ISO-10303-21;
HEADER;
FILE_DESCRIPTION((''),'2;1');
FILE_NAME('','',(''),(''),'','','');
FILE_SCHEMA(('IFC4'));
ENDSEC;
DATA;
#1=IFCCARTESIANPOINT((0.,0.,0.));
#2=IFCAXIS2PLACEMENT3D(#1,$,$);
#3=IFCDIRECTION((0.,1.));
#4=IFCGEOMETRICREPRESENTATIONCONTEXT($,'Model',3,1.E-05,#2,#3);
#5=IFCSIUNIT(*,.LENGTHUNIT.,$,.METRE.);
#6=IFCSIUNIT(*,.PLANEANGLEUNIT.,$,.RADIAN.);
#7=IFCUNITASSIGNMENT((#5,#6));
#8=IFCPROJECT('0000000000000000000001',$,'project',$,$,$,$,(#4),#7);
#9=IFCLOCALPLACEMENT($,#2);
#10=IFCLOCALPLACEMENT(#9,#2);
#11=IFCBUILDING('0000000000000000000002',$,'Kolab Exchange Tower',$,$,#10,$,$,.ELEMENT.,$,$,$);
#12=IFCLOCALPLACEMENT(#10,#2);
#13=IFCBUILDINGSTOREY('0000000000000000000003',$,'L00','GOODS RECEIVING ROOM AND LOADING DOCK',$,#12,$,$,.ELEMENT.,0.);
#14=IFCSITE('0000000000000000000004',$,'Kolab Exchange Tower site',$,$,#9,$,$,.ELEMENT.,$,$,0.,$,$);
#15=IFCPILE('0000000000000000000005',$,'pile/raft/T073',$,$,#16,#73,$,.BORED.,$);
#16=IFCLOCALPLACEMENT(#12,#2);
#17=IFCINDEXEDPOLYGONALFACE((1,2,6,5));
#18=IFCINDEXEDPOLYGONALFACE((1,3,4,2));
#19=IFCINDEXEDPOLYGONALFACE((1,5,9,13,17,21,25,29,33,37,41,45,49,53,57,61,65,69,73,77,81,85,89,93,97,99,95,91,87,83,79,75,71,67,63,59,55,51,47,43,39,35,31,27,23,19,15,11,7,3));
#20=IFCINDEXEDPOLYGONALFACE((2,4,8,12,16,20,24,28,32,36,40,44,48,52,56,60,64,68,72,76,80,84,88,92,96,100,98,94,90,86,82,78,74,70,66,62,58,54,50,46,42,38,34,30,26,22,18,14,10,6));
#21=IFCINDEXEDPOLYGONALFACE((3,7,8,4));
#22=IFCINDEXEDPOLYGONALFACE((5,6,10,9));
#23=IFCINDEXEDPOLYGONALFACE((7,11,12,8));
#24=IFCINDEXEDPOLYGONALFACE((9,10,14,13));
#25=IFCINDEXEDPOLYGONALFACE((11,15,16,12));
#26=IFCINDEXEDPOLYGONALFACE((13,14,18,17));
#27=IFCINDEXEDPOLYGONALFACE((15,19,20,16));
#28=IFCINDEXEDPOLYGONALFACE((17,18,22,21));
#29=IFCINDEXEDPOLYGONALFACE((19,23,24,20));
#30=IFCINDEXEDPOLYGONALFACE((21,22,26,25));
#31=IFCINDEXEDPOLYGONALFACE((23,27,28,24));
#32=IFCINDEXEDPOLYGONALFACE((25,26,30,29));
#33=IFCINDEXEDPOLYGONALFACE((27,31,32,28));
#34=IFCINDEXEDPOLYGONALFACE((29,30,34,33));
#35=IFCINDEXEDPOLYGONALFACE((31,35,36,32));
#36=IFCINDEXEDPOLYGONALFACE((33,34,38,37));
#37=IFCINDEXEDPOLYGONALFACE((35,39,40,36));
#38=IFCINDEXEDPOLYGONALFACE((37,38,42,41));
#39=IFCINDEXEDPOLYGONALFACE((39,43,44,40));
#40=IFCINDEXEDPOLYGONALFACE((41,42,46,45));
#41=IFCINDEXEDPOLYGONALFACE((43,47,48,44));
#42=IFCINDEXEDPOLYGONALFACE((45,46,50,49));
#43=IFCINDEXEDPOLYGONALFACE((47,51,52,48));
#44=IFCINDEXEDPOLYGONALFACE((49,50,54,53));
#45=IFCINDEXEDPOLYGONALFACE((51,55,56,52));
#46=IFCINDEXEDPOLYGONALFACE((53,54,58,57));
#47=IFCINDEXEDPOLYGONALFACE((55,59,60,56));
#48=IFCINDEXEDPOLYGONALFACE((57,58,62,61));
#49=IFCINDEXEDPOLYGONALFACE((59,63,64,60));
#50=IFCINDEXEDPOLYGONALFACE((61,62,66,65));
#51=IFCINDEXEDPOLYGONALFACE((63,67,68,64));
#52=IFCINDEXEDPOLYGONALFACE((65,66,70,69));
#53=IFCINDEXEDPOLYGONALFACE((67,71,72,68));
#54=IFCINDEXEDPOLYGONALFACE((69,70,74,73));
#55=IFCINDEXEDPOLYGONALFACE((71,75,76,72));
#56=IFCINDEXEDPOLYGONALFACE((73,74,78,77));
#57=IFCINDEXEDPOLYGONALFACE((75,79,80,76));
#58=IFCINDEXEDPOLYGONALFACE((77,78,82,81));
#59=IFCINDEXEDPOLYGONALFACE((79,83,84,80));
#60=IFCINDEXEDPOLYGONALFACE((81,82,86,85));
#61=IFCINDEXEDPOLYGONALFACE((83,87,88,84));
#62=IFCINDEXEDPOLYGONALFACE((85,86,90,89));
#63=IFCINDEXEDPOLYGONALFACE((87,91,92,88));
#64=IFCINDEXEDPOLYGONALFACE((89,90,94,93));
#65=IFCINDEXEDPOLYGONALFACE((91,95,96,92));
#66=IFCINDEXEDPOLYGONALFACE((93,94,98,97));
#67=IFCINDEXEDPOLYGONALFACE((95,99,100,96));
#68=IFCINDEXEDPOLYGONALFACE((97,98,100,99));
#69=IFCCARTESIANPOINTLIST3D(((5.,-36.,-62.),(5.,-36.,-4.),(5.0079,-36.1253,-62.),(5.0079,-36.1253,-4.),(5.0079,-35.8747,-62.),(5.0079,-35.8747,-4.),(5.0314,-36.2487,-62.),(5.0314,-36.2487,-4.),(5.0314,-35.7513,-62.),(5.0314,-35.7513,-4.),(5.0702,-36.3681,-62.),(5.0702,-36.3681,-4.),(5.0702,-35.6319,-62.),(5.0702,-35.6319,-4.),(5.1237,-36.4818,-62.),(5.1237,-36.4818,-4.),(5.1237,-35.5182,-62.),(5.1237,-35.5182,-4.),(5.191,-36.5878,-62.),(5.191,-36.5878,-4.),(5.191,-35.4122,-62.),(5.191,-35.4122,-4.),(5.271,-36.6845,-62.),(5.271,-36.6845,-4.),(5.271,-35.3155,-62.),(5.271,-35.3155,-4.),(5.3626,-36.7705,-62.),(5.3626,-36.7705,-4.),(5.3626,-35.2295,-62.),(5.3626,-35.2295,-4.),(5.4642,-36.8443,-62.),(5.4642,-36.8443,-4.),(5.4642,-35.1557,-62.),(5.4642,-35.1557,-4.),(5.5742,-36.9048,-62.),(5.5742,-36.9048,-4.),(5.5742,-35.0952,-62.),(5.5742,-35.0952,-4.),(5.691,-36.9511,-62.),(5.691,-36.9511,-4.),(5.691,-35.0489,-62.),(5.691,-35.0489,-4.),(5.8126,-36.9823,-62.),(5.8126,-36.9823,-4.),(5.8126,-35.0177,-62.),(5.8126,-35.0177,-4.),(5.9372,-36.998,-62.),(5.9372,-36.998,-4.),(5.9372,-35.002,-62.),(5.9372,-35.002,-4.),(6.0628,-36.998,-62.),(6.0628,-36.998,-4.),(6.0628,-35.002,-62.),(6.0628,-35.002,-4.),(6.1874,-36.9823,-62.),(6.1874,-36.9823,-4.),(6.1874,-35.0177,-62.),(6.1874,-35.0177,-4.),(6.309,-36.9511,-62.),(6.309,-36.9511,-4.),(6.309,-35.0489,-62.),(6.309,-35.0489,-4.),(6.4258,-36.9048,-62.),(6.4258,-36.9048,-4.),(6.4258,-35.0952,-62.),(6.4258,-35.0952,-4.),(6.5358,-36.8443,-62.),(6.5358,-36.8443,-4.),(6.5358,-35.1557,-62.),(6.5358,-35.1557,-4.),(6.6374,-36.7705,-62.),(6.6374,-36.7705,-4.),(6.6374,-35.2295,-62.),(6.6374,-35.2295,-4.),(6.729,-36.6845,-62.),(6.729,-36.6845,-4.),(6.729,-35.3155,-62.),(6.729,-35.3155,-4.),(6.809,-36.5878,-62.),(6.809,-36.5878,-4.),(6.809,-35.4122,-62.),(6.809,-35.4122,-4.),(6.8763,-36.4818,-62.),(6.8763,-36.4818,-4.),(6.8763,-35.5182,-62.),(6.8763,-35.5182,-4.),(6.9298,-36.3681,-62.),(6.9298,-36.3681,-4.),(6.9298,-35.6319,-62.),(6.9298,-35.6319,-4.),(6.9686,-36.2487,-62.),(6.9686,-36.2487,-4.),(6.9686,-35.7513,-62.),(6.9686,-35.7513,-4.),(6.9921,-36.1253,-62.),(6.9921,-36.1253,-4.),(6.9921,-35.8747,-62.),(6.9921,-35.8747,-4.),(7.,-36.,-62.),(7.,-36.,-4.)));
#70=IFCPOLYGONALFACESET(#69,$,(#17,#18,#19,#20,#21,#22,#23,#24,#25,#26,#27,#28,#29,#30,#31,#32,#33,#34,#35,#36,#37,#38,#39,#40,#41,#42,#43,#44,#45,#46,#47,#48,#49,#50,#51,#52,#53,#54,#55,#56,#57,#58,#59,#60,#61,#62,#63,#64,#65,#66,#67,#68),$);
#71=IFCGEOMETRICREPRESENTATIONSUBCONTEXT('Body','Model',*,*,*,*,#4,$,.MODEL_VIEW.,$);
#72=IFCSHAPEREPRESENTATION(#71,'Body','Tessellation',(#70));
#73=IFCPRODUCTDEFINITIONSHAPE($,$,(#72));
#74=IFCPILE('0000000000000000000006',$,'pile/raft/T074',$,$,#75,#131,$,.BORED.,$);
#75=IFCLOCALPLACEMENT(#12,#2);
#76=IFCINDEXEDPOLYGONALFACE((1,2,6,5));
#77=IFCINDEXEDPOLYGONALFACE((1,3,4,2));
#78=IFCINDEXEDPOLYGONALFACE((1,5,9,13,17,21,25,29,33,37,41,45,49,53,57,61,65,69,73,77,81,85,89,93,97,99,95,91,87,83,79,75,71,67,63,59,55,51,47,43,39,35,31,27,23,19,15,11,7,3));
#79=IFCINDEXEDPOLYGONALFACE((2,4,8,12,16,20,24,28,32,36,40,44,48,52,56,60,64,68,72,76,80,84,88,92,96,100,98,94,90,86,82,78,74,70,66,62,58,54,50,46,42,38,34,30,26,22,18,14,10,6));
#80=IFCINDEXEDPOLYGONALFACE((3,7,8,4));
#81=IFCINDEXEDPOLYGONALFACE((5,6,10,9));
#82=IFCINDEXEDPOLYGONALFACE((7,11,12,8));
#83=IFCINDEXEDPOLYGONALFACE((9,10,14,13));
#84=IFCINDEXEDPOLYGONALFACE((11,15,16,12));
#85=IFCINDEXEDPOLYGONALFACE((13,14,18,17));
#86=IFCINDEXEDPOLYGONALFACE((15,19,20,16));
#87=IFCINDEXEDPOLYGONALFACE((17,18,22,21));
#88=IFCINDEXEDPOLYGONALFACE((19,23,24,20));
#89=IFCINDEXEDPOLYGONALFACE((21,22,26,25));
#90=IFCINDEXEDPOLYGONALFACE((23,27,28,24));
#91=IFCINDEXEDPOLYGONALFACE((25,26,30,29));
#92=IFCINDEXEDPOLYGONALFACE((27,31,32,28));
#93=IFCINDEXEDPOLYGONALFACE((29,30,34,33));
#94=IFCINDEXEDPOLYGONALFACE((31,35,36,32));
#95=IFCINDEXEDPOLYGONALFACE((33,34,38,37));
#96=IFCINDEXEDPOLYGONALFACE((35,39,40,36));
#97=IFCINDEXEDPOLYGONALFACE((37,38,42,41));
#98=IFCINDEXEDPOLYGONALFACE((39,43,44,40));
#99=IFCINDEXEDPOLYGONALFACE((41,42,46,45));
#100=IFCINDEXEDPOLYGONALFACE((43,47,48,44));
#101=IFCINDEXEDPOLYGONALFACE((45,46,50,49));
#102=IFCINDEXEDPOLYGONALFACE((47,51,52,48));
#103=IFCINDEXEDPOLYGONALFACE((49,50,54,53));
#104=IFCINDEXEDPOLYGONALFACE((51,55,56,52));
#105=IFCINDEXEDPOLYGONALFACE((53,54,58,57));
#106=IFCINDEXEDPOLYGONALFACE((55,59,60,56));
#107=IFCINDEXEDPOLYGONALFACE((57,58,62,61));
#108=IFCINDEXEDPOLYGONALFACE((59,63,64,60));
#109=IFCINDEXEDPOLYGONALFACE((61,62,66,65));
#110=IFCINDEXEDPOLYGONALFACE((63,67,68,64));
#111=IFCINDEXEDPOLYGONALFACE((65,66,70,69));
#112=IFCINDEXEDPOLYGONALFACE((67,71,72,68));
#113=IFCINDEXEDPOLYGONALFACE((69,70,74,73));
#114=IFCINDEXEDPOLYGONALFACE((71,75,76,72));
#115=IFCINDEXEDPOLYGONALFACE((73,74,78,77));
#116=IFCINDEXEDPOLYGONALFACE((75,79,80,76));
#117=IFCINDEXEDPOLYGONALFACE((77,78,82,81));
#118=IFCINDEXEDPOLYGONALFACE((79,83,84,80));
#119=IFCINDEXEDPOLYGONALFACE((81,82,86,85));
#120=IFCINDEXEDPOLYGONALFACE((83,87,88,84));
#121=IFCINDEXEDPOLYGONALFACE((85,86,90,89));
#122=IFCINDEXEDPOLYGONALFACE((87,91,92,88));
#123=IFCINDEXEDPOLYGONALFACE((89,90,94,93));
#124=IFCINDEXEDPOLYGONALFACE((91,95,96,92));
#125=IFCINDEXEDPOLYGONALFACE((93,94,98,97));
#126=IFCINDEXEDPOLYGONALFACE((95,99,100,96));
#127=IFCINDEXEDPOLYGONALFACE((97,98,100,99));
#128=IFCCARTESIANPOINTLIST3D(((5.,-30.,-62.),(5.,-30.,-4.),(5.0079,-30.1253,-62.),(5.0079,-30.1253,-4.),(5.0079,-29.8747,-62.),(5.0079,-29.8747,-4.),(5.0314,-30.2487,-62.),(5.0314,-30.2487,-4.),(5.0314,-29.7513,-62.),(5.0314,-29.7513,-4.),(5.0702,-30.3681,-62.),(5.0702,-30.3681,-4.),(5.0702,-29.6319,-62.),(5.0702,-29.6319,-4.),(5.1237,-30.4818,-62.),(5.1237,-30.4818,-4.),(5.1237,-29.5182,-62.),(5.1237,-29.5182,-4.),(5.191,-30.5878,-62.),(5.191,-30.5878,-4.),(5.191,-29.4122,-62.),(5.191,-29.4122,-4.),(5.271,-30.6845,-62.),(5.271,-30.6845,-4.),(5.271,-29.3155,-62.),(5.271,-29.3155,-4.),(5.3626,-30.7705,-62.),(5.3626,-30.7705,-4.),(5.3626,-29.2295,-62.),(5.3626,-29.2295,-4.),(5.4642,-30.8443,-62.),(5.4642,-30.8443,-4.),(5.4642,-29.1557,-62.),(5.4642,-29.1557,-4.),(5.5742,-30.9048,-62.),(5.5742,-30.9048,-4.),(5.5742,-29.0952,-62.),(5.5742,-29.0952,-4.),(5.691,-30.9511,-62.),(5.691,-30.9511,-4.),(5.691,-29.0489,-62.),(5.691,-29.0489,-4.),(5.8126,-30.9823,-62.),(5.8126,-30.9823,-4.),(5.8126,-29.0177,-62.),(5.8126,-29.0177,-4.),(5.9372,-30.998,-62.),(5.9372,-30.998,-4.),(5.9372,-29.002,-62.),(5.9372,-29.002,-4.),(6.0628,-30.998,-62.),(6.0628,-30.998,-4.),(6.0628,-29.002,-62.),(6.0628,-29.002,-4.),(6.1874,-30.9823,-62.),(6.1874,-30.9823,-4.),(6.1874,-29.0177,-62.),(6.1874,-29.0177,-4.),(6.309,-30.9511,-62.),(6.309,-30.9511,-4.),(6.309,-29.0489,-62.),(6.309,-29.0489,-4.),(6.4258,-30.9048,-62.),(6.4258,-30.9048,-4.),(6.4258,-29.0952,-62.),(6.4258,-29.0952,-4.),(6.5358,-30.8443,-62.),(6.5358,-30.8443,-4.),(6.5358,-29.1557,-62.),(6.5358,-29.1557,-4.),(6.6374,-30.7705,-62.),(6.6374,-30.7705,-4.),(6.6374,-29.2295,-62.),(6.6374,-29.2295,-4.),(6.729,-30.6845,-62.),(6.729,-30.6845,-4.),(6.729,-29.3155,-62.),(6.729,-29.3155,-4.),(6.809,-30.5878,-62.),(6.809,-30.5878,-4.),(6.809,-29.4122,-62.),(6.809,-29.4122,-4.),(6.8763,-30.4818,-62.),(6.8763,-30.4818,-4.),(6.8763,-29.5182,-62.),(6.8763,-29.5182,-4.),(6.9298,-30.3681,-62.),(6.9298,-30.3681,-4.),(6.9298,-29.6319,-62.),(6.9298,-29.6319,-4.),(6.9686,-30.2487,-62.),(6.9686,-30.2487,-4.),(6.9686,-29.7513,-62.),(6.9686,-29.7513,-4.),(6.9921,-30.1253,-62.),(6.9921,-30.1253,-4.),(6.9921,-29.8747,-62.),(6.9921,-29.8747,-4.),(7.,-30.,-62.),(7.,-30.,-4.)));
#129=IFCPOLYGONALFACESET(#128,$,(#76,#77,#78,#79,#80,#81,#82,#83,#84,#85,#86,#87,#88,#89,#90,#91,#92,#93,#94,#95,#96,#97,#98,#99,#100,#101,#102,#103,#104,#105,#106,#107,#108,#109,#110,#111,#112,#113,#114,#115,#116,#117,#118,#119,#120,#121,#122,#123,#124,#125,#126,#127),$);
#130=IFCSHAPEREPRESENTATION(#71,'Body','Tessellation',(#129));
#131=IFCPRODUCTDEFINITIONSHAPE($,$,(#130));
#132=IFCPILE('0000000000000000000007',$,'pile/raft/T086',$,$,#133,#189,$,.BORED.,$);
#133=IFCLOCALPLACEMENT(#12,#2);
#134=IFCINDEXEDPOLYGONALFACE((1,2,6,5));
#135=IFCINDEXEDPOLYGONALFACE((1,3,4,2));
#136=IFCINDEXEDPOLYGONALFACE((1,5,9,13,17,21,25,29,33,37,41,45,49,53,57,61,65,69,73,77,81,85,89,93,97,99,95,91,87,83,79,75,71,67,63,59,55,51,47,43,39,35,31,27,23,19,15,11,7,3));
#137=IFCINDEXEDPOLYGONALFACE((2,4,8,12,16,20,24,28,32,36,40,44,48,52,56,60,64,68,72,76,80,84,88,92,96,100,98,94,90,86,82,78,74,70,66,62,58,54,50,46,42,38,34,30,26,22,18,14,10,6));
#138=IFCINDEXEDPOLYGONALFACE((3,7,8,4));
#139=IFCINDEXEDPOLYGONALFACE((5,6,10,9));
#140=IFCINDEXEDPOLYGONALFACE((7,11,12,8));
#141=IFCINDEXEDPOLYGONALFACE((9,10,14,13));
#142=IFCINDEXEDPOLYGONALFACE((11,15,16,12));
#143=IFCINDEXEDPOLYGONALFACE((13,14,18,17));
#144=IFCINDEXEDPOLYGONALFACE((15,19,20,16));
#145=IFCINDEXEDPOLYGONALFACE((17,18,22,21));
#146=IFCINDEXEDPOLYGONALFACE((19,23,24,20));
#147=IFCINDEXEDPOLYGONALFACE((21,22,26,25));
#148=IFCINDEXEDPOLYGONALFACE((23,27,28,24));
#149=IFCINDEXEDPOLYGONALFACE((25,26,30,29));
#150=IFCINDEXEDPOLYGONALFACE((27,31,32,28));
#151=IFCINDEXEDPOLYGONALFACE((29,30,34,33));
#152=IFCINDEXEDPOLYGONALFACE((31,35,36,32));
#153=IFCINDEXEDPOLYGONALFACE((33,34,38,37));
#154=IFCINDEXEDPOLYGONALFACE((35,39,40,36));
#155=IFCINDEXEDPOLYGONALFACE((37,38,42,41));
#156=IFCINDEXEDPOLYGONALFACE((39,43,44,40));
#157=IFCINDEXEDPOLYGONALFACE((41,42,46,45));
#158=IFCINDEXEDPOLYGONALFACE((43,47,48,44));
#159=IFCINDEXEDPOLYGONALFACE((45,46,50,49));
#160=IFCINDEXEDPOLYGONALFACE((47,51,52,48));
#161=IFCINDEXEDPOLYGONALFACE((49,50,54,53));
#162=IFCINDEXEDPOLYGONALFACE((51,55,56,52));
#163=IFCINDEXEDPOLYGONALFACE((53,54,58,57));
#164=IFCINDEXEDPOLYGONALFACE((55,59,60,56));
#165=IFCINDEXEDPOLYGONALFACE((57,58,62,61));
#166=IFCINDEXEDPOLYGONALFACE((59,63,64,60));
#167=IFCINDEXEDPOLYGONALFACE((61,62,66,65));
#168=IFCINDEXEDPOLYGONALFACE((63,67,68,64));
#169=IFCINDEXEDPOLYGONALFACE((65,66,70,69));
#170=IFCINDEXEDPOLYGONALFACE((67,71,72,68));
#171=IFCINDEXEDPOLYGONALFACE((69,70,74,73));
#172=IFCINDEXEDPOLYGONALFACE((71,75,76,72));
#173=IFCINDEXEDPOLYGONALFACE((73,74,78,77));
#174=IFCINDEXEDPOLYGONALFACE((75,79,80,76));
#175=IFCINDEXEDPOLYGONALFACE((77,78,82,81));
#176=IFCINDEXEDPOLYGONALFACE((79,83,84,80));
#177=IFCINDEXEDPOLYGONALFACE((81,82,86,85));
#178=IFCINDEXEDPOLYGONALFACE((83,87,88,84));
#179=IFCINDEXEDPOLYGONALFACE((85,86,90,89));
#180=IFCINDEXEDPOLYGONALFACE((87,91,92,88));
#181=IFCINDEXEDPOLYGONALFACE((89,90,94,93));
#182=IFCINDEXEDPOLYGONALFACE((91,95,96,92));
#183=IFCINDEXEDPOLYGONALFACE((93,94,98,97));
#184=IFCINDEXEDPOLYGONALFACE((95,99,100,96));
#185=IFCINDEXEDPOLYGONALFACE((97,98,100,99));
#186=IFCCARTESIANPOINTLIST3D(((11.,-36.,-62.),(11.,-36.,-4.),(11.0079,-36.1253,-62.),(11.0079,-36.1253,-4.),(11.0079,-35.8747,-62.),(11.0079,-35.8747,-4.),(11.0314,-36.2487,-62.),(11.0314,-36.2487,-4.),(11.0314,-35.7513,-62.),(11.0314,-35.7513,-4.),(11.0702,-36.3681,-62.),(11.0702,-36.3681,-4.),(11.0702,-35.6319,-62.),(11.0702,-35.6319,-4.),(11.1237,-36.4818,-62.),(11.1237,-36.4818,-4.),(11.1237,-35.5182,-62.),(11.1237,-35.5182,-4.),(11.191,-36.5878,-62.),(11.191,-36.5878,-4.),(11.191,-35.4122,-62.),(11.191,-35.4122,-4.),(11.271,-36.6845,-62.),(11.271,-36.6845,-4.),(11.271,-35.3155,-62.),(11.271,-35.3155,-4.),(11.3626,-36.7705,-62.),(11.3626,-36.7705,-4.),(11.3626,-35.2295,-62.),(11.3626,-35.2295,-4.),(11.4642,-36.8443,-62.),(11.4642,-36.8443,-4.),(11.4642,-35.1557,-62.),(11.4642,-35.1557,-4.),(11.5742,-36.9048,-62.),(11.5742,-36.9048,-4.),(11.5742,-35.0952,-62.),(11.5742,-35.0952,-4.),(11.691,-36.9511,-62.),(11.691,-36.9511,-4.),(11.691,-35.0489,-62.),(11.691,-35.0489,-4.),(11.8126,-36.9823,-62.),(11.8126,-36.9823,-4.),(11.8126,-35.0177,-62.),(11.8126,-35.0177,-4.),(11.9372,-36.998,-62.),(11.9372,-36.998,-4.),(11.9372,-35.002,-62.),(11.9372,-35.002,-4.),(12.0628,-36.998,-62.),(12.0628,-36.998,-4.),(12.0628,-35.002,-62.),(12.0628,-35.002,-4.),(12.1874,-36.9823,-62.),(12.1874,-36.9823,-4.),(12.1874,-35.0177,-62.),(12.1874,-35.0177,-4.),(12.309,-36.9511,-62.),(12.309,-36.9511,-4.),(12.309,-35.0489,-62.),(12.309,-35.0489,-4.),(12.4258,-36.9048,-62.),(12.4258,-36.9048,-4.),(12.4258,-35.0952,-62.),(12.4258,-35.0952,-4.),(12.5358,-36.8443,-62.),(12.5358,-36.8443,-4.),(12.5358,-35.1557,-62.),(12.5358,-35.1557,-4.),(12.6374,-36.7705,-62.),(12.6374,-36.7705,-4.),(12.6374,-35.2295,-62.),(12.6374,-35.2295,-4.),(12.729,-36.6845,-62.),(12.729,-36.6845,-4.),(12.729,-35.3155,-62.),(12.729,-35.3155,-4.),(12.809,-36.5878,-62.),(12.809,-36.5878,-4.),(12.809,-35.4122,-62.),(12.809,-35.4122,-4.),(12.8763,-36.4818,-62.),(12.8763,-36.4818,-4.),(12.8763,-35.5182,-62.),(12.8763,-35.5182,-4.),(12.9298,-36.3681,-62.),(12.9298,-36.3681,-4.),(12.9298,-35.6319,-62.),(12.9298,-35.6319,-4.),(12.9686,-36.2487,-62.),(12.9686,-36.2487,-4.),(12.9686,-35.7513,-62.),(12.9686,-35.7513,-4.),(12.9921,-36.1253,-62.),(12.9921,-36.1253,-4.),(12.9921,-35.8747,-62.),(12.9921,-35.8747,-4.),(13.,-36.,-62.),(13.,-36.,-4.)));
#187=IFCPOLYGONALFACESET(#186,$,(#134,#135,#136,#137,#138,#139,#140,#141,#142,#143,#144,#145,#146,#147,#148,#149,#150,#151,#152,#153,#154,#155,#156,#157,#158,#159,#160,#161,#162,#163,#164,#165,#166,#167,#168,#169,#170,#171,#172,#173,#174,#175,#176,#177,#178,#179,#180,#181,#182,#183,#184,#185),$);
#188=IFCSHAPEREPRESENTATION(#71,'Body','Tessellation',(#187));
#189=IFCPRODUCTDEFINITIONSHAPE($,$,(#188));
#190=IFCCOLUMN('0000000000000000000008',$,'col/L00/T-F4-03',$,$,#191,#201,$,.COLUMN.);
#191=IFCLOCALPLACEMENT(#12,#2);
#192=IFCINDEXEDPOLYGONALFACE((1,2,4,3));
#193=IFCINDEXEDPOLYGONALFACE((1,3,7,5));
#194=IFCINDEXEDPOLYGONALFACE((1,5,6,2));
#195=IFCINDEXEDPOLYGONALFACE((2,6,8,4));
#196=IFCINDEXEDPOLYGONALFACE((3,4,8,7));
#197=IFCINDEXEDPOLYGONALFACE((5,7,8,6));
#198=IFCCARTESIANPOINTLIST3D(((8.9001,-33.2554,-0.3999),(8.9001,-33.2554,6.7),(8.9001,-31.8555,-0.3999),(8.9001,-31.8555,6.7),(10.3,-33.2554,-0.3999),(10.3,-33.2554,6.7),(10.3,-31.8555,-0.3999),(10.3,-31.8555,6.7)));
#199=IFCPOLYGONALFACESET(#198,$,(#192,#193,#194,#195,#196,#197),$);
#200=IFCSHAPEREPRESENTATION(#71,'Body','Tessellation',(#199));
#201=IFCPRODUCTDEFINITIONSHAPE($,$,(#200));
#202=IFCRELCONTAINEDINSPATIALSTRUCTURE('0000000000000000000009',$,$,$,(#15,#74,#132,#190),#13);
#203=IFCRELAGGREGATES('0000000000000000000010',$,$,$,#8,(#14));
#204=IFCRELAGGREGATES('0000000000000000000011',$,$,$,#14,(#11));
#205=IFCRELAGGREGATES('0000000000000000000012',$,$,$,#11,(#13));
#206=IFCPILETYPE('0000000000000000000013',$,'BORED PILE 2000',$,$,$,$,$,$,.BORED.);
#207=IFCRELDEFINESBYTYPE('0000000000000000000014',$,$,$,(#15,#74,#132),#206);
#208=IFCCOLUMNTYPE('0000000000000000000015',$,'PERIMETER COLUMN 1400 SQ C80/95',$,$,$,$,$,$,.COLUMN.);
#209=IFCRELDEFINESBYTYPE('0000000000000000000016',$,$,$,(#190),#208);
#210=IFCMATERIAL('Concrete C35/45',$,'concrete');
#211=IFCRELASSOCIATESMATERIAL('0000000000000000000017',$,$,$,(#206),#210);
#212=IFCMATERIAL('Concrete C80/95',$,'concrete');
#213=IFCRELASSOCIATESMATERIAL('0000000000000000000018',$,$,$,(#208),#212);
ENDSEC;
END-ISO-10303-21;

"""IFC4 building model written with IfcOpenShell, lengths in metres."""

from ifc_helpers import new_model, si_unit, direction, frame, origin, origin_2d, place, context, subcontext, project, spatial, rectangle, circle, extrude, material, material_profile, profile_set, type_object, element, save


model = new_model("IFC4")

# Units and contexts
model_context = context("Model", 3, precision=1e-05, world=origin(), true_north=direction((0.0, 1.0)))
body_context = subcontext(model_context, "Body", "Model", "MODEL_VIEW")
ifc_project = project(units=[si_unit("LENGTHUNIT", "METRE"), si_unit("PLANEANGLEUNIT", "RADIAN")], contexts=[model_context])

# Site, building, storey
site_placement = place(None, origin())
site = spatial("IfcSite", under=ifc_project, at=site_placement, Name="Kolab Exchange Tower site", CompositionType="ELEMENT", RefElevation=0.0)
building_placement = place(site_placement, origin())
building = spatial("IfcBuilding", under=site, at=building_placement, Name="Kolab Exchange Tower", CompositionType="ELEMENT")
storey_placement = place(building_placement, origin())
storey = spatial("IfcBuildingStorey", under=building, at=storey_placement, Name="L00", Description="GOODS RECEIVING ROOM AND LOADING DOCK", CompositionType="ELEMENT", Elevation=0.0)

# Piles
ifc_material_1 = material(Name="Concrete C35/45", Category="concrete")
ifc_material_profile_1 = material_profile(ifc_material_1, circle(Radius=1.0, at=origin_2d()), Name="BP2000")
ifc_profile_set_1 = profile_set([ifc_material_profile_1], Name="Concrete C35/45")
pile_type_1 = type_object("IfcPileType", Name="BORED PILE 2000", PredefinedType="BORED", material=ifc_profile_set_1)
for number, where, z_axis, x_axis, name in (
    (1, (6.0, -36.0, -4.0), (0.0, 0.0, -1.0), (1.0, 0.0, 0.0), "pile/raft/T073"),
    (2, (6.0, -30.0, -4.0), (0.0, 0.0, -1.0), (1.0, 0.0, 0.0), "pile/raft/T074"),
    (3, (12.0, -36.0, -4.0), (0.0, 0.0, -1.0), (1.0, 0.0, 0.0), "pile/raft/T086"),
):
    element("IfcPile", number, at=place(storey_placement, frame(where, z_axis=z_axis, x_axis=x_axis)), inside=storey, type_object=pile_type_1, Name=name, PredefinedType="BORED", context=body_context, shape_type="SweptSolid", body=[
        extrude(circle(Radius=1.0, at=origin_2d()), origin(), (0.0, 0.0, 1.0), 58.0),
    ])

# Column
ifc_material_2 = material(Name="Concrete C80/95", Category="concrete")
ifc_material_profile_2 = material_profile(ifc_material_2, rectangle(XDim=1.3999, YDim=1.3999, at=origin_2d()), Name="RC1400")
ifc_profile_set_2 = profile_set([ifc_material_profile_2], Name="Concrete C80/95")
column_type_1 = type_object("IfcColumnType", Name="PERIMETER COLUMN 1400 SQ C80/95", PredefinedType="COLUMN", material=ifc_profile_set_2)
for number, where, z_axis, x_axis, name in (
    (4, (9.6001, -32.5554, -0.3999), (0.0, 0.0, 1.0), (1.0, 0.0, 0.0), "col/L00/T-F4-03"),
):
    element("IfcColumn", number, at=place(storey_placement, frame(where, z_axis=z_axis, x_axis=x_axis)), inside=storey, type_object=column_type_1, Name=name, PredefinedType="COLUMN", context=body_context, shape_type="SweptSolid", body=[
        extrude(rectangle(XDim=1.3999, YDim=1.3999, at=origin_2d()), origin(), (0.0, 0.0, 1.0), 7.0999),
    ])

save(model, "model.ifc")
